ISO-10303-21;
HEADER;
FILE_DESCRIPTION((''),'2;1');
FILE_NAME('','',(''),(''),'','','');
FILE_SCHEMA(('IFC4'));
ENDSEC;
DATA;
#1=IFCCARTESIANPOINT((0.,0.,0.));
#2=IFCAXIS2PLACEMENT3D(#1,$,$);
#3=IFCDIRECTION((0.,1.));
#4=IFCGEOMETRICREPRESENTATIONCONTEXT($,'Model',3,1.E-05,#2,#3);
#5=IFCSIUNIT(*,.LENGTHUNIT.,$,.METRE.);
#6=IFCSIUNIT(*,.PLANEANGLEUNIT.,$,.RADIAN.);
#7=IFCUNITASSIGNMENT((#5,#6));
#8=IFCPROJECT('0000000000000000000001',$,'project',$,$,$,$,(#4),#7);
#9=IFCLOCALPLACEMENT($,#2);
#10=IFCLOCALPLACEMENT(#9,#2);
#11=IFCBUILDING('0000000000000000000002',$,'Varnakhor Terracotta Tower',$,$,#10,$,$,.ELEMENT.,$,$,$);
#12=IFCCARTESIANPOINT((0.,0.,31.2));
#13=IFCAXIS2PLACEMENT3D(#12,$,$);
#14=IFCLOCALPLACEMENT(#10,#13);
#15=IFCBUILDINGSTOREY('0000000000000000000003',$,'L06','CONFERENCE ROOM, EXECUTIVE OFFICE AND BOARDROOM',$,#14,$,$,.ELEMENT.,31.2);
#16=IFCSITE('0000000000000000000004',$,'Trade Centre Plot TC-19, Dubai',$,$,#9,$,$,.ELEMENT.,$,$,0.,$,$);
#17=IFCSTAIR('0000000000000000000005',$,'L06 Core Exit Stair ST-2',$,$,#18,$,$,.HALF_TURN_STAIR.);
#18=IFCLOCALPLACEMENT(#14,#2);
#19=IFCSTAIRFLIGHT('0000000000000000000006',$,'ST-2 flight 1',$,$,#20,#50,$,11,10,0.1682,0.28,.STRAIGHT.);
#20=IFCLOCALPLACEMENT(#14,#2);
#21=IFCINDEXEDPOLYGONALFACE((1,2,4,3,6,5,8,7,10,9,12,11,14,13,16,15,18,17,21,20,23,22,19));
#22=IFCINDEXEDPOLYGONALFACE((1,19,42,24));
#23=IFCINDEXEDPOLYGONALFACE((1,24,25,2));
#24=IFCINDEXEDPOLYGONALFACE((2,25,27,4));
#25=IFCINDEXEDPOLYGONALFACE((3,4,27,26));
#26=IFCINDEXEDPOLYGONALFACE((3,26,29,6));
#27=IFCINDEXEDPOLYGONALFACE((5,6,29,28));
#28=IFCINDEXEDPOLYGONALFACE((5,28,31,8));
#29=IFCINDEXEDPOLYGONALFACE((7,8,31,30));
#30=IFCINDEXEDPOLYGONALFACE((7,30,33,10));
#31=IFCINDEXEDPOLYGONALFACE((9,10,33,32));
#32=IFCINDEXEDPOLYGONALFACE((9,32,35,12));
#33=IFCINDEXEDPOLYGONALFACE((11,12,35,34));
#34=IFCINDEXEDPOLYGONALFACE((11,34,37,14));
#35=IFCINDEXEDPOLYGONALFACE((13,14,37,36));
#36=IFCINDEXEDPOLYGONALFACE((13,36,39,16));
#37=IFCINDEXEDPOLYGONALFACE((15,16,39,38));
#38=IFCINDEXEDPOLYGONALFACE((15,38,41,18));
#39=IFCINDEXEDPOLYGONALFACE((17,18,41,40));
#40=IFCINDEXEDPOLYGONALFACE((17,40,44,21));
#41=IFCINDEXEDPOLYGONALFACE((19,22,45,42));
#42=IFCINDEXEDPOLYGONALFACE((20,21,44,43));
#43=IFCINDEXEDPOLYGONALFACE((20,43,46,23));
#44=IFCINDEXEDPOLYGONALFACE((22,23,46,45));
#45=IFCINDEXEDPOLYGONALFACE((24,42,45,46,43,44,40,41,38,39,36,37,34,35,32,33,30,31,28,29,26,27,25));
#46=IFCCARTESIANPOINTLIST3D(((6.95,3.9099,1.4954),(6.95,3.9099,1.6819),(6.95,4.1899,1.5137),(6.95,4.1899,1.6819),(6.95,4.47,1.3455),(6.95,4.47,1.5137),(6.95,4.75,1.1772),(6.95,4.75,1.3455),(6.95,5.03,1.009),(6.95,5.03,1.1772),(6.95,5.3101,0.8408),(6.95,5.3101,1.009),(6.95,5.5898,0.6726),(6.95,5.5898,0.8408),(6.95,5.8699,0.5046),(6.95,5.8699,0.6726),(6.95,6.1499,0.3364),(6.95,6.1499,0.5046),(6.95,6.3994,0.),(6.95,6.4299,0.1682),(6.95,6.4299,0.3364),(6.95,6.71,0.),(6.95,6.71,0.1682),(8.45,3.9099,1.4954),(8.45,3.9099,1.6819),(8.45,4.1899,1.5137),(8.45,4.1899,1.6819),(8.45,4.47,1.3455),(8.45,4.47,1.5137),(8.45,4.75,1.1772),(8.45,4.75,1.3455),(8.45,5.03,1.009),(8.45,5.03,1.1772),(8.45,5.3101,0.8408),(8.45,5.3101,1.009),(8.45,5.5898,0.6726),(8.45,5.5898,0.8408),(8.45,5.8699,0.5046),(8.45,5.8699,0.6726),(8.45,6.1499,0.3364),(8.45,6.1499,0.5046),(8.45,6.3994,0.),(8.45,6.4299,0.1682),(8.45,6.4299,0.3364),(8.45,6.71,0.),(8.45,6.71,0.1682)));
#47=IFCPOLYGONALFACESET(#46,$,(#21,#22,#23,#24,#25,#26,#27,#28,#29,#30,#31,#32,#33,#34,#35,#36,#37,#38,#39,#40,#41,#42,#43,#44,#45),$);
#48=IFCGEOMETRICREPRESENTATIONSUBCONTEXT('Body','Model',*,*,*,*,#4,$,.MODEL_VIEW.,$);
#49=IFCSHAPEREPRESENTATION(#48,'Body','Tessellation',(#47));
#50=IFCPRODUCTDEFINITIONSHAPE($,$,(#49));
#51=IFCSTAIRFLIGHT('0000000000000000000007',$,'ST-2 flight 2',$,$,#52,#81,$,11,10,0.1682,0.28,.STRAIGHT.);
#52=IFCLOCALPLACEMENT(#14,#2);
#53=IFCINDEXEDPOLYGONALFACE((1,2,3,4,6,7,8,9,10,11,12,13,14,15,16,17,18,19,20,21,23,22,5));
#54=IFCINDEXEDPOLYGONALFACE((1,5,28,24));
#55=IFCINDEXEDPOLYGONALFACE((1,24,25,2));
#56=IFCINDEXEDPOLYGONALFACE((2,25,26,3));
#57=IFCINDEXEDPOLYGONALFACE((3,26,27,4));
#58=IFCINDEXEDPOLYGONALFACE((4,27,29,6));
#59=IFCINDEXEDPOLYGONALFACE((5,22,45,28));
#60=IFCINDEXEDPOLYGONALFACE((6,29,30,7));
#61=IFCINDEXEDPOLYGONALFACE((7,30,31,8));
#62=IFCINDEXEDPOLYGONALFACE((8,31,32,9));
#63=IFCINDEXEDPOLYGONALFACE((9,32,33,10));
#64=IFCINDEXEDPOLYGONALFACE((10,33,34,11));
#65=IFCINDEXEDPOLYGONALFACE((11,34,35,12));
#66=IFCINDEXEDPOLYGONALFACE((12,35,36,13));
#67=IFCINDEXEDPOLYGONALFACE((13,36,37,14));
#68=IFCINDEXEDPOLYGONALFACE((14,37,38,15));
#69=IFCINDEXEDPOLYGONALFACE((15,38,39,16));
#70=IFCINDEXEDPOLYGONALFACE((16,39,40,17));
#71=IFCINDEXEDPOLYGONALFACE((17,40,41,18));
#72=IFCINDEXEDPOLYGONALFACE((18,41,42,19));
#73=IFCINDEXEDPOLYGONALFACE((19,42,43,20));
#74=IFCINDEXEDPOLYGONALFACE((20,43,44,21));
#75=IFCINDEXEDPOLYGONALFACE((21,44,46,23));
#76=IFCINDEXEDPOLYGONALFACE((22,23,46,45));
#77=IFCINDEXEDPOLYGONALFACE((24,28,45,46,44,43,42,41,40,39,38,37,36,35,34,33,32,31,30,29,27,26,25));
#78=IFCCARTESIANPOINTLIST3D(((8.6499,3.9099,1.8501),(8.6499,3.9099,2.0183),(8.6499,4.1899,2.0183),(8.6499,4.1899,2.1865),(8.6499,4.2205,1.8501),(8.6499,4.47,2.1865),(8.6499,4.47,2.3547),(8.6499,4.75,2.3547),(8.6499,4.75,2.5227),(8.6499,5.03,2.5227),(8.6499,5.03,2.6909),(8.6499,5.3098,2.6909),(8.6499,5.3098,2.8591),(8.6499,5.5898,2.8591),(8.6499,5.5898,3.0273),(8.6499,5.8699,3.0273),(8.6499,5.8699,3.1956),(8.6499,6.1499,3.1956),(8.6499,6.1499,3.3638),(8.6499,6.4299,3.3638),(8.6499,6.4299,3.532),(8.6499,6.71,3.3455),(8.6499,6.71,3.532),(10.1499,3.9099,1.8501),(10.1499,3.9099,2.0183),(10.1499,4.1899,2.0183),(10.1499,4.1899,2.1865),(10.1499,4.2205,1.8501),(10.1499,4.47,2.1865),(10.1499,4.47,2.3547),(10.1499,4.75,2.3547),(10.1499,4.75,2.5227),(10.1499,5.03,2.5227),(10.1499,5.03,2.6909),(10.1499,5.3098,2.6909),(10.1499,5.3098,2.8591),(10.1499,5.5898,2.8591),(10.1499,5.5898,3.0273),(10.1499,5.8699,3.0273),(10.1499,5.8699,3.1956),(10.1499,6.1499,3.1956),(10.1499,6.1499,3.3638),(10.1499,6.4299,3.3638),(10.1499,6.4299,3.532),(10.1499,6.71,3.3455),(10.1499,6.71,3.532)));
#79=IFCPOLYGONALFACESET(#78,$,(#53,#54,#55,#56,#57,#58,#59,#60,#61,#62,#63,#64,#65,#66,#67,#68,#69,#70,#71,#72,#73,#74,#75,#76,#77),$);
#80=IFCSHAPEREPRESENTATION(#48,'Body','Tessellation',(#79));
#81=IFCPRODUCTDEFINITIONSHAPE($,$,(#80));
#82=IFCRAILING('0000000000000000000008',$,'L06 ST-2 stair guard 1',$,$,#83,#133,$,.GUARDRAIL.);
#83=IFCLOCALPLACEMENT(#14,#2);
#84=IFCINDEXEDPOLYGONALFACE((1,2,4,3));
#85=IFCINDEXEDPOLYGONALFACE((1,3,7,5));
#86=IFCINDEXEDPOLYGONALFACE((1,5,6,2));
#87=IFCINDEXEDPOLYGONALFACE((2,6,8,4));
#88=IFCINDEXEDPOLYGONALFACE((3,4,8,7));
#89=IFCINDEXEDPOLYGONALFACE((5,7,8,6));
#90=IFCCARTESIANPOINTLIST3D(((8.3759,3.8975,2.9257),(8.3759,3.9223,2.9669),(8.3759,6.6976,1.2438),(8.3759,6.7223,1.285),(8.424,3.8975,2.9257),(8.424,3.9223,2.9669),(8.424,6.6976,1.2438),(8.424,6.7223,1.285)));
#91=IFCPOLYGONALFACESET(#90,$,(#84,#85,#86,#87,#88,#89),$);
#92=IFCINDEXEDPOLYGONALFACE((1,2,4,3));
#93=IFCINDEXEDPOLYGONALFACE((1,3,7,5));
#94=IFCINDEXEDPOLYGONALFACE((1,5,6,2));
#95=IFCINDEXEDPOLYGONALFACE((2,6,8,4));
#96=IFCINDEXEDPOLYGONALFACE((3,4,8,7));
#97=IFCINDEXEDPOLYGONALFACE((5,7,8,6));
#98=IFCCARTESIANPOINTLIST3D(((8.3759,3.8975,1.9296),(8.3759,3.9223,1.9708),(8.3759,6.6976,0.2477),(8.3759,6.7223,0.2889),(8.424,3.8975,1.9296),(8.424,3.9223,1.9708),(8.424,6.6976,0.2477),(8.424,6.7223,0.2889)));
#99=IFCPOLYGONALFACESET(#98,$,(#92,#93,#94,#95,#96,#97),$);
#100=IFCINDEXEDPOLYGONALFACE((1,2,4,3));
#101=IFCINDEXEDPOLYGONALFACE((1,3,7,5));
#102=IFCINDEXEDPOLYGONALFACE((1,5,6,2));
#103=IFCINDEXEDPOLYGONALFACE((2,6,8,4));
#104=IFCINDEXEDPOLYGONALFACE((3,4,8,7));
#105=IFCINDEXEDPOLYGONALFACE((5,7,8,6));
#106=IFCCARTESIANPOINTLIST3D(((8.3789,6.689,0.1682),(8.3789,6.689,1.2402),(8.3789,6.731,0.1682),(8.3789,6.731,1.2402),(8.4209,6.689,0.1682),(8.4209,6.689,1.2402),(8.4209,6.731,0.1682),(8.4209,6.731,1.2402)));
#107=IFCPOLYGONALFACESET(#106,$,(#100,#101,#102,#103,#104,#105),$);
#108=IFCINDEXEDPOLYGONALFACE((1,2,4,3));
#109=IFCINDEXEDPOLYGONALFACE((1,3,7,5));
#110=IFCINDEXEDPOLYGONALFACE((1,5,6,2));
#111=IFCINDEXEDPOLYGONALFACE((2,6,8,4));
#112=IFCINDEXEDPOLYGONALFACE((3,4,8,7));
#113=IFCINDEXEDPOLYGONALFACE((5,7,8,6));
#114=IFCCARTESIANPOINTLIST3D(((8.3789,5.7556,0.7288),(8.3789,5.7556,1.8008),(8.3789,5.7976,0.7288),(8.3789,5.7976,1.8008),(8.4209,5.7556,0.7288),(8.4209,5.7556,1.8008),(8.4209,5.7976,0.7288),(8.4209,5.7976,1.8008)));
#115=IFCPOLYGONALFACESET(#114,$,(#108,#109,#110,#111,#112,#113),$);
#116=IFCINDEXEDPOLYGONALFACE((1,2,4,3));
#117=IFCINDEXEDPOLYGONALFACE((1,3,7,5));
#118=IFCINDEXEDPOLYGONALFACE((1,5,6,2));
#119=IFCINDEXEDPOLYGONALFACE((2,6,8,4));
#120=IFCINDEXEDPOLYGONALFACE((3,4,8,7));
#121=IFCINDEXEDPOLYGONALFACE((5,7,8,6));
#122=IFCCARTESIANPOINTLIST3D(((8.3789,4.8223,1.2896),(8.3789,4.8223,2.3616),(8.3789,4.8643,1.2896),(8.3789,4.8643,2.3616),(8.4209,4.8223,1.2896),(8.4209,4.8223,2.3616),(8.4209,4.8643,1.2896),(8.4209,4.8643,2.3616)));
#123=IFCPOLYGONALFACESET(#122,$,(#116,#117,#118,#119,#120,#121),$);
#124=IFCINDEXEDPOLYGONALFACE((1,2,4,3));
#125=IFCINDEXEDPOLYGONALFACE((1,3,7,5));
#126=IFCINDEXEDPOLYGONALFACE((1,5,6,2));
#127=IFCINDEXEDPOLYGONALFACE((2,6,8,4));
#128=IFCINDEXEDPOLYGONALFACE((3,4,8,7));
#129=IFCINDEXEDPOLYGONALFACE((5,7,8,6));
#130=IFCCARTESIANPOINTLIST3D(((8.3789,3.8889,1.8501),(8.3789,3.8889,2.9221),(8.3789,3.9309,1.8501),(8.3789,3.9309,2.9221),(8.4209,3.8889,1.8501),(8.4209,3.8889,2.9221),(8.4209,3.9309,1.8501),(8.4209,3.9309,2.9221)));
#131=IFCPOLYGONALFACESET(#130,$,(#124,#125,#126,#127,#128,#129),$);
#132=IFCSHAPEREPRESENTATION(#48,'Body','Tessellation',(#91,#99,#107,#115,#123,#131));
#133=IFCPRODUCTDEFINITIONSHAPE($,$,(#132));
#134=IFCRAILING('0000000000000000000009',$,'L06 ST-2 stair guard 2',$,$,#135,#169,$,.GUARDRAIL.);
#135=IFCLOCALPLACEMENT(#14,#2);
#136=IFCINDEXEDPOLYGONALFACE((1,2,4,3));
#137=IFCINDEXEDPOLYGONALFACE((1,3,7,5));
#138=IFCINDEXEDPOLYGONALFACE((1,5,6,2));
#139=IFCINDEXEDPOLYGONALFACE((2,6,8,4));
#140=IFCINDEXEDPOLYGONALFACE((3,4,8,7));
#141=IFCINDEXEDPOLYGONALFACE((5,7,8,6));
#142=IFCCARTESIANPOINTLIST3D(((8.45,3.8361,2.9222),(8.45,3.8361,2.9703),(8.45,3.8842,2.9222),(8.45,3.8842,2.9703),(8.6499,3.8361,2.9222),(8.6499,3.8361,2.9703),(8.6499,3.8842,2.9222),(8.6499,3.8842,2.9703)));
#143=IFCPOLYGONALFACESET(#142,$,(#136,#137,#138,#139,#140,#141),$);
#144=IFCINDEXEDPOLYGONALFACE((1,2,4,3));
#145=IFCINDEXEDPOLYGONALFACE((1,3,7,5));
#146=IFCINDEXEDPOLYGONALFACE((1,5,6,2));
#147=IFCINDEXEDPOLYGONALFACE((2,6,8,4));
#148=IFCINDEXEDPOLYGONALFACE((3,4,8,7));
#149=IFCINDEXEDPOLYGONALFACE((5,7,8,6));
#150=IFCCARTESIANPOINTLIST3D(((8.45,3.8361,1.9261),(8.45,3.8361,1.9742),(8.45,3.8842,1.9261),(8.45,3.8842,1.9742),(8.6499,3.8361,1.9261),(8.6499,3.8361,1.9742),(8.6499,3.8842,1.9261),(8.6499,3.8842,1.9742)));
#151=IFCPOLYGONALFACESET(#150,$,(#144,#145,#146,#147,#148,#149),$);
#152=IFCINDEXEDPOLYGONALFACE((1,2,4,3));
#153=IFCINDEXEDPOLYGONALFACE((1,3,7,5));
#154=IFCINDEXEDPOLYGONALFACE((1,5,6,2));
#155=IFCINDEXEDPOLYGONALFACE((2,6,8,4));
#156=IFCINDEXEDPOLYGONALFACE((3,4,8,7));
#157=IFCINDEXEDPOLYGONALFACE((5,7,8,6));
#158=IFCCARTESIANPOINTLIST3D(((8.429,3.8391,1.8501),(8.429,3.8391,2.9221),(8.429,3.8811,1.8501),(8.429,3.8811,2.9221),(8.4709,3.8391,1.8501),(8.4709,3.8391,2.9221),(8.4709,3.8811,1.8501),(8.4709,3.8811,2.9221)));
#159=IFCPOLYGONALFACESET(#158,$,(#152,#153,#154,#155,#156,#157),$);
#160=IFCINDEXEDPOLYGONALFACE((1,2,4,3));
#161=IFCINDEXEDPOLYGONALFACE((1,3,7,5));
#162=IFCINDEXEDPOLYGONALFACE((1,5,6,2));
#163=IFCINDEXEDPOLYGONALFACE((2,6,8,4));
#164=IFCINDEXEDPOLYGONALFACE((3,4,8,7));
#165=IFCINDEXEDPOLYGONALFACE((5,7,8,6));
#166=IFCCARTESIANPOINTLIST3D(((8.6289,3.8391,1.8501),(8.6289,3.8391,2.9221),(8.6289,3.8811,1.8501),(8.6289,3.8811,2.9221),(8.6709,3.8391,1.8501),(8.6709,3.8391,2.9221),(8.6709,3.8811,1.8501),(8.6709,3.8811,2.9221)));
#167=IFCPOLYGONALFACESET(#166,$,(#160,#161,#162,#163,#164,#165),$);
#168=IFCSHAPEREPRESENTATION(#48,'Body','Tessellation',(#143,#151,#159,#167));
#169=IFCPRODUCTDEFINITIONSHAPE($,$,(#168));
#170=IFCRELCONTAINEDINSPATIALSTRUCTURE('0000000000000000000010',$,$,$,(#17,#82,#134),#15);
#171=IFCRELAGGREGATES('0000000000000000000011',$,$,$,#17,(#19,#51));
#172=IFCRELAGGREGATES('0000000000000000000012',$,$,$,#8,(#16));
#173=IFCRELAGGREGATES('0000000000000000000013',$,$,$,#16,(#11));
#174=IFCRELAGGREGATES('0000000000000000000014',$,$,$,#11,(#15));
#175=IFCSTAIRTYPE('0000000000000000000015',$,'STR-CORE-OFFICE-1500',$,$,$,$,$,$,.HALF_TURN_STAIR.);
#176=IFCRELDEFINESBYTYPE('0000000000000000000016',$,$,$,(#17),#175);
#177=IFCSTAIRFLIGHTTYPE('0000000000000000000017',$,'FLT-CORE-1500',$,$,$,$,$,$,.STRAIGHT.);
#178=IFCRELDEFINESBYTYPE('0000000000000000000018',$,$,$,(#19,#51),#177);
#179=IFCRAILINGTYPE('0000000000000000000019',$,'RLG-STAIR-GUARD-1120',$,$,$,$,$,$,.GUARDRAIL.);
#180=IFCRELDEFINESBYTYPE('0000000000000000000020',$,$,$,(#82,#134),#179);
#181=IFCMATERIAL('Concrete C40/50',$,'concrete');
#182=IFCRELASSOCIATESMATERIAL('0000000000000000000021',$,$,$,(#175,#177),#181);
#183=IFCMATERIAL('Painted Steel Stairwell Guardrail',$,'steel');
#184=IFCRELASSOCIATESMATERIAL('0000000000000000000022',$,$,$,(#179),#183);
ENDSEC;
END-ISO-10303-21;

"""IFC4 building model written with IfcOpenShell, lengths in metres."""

from ifc_helpers import new_model, si_unit, direction, frame, origin, origin_2d, place, context, subcontext, project, spatial, polyline, rectangle, outline, extrude, material, type_object, element, aggregate, save


model = new_model("IFC4")

# Units and contexts
model_context = context("Model", 3, precision=1e-05, world=origin(), true_north=direction((0.0, 1.0)))
body_context = subcontext(model_context, "Body", "Model", "MODEL_VIEW")
ifc_project = project(units=[si_unit("LENGTHUNIT", "METRE"), si_unit("PLANEANGLEUNIT", "RADIAN")], contexts=[model_context])

# Site, building, storey
site_placement = place(None, origin())
site = spatial("IfcSite", under=ifc_project, at=site_placement, Name="Trade Centre Plot TC-19, Dubai", CompositionType="ELEMENT", RefElevation=0.0)
building_placement = place(site_placement, origin())
building = spatial("IfcBuilding", under=site, at=building_placement, Name="Varnakhor Terracotta Tower", CompositionType="ELEMENT")
storey_placement = place(building_placement, frame((0.0, 0.0, 31.2)))
storey = spatial("IfcBuildingStorey", under=building, at=storey_placement, Name="L06", Description="CONFERENCE ROOM, EXECUTIVE OFFICE AND BOARDROOM", CompositionType="ELEMENT", Elevation=31.2)

# Stair
ifc_material_1 = material(Name="Concrete C40/50", Category="concrete")
stair_type = type_object("IfcStairType", Name="STR-CORE-OFFICE-1500", PredefinedType="HALF_TURN_STAIR", material=ifc_material_1)
stair_1_placement = place(storey_placement, origin())
stair_1 = element("IfcStair", 1, at=stair_1_placement, inside=storey, type_object=stair_type, Name="L06 Core Exit Stair ST-2", PredefinedType="HALF_TURN_STAIR")

# Stair flights
stair_flight_type = type_object("IfcStairFlightType", Name="FLT-CORE-1500", PredefinedType="STRAIGHT", material=ifc_material_1)
stair_flight_1_placement = place(storey_placement, frame((7.7, 6.71, 0.0), z_axis=(0.0, 0.0, 1.0), x_axis=(0.0, -1.0, 0.0)))
stair_flight_1 = element("IfcStairFlight", 2, at=stair_flight_1_placement, type_object=stair_flight_type, Name="ST-2 flight 1", NumberOfRisers=11, NumberOfTreads=10, PredefinedType="STRAIGHT", RiserHeight=0.1682, TreadLength=0.28, context=body_context, shape_type="SweptSolid", body=[
    extrude(outline(polyline([(0.0, 0.0), (0.0, 0.1682), (0.28, 0.1682), (0.28, 0.3364), (0.5601, 0.3364), (0.5601, 0.5046), (0.8401, 0.5046), (0.8401, 0.6726), (1.1201, 0.6726), (1.1201, 0.8408), (1.3999, 0.8408), (1.3999, 1.009), (1.6799, 1.009), (1.6799, 1.1772), (1.96, 1.1772), (1.96, 1.3455), (2.24, 1.3455), (2.24, 1.5137), (2.52, 1.5137), (2.52, 1.6819), (2.8, 1.6819), (2.8, 1.8501), (2.8, 1.4954), (0.3105, 0.0), (0.0, 0.0)])), frame((0.0, 0.75, 0.0), z_axis=(0.0, -1.0, 0.0), x_axis=(1.0, 0.0, 0.0)), (0.0, 0.0, 1.0), 1.5),
])
stair_flight_2_placement = place(storey_placement, frame((9.3999, 3.9099, 1.8501), z_axis=(0.0, 0.0, 1.0), x_axis=(0.0, 1.0, 0.0)))
stair_flight_2 = element("IfcStairFlight", 3, at=stair_flight_2_placement, type_object=stair_flight_type, Name="ST-2 flight 2", NumberOfRisers=11, NumberOfTreads=10, PredefinedType="STRAIGHT", RiserHeight=0.1682, TreadLength=0.28, context=body_context, shape_type="SweptSolid", body=[
    extrude(outline(polyline([(0.0, 0.0), (0.0, 0.1682), (0.28, 0.1682), (0.28, 0.3364), (0.5601, 0.3364), (0.5601, 0.5046), (0.8401, 0.5046), (0.8401, 0.6726), (1.1201, 0.6726), (1.1201, 0.8408), (1.3999, 0.8408), (1.3999, 1.009), (1.6799, 1.009), (1.6799, 1.1772), (1.96, 1.1772), (1.96, 1.3455), (2.24, 1.3455), (2.24, 1.5137), (2.52, 1.5137), (2.52, 1.6819), (2.8, 1.6819), (2.8, 1.8501), (2.8, 1.4954), (0.3105, 0.0), (0.0, 0.0)])), frame((0.0, 0.75, 0.0), z_axis=(0.0, -1.0, 0.0), x_axis=(1.0, 0.0, 0.0)), (0.0, 0.0, 1.0), 1.5),
])
aggregate(stair_1, [stair_flight_1, stair_flight_2])

# Railings
ifc_material_2 = material(Name="Painted Steel Stairwell Guardrail", Category="steel")
railing_type_1 = type_object("IfcRailingType", Name="RLG-STAIR-GUARD-1120", PredefinedType="GUARDRAIL", material=ifc_material_2)
railing_1_placement = place(storey_placement, frame((8.3999, 6.71, 0.1682)))
element("IfcRailing", 4, at=railing_1_placement, inside=storey, type_object=railing_type_1, Name="L06 ST-2 stair guard 1", PredefinedType="GUARDRAIL", context=body_context, shape_type="SweptSolid", body=[
    extrude(rectangle(XDim=0.0481, YDim=0.0481, at=origin_2d()), frame((0.0, 0.0, 1.0962), z_axis=(0.0, -0.857242, 0.514913), x_axis=(1.0, 0.0, 0.0)), (0.0, 0.0, 1.0), 3.2664),
    extrude(rectangle(XDim=0.0481, YDim=0.0481, at=origin_2d()), frame((0.0, 0.0, 0.1001), z_axis=(0.0, -0.857242, 0.514913), x_axis=(1.0, 0.0, 0.0)), (0.0, 0.0, 1.0), 3.2664),
    extrude(rectangle(XDim=0.042, YDim=0.042, at=origin_2d()), origin(), (0.0, 0.0, 1.0), 1.072),
    extrude(rectangle(XDim=0.042, YDim=0.042, at=origin_2d()), frame((0.0, -0.9333, 0.5605)), (0.0, 0.0, 1.0), 1.072),
    extrude(rectangle(XDim=0.042, YDim=0.042, at=origin_2d()), frame((0.0, -1.8667, 1.1213)), (0.0, 0.0, 1.0), 1.072),
    extrude(rectangle(XDim=0.042, YDim=0.042, at=origin_2d()), frame((0.0, -2.8, 1.6819)), (0.0, 0.0, 1.0), 1.072),
])
railing_2_placement = place(storey_placement, frame((8.45, 3.8601, 1.8501)))
element("IfcRailing", 5, at=railing_2_placement, inside=storey, type_object=railing_type_1, Name="L06 ST-2 stair guard 2", PredefinedType="GUARDRAIL", context=body_context, shape_type="SweptSolid", body=[
    extrude(rectangle(XDim=0.0481, YDim=0.0481, at=origin_2d()), frame((0.0, 0.0, 1.0962), z_axis=(1.0, 0.0, 0.0), x_axis=(0.0, 1.0, 0.0)), (0.0, 0.0, 1.0), 0.2),
    extrude(rectangle(XDim=0.0481, YDim=0.0481, at=origin_2d()), frame((0.0, 0.0, 0.1001), z_axis=(1.0, 0.0, 0.0), x_axis=(0.0, 1.0, 0.0)), (0.0, 0.0, 1.0), 0.2),
    extrude(rectangle(XDim=0.042, YDim=0.042, at=origin_2d()), origin(), (0.0, 0.0, 1.0), 1.072),
    extrude(rectangle(XDim=0.042, YDim=0.042, at=origin_2d()), frame((0.2, 0.0, 0.0)), (0.0, 0.0, 1.0), 1.072),
])

save(model, "model.ifc")
